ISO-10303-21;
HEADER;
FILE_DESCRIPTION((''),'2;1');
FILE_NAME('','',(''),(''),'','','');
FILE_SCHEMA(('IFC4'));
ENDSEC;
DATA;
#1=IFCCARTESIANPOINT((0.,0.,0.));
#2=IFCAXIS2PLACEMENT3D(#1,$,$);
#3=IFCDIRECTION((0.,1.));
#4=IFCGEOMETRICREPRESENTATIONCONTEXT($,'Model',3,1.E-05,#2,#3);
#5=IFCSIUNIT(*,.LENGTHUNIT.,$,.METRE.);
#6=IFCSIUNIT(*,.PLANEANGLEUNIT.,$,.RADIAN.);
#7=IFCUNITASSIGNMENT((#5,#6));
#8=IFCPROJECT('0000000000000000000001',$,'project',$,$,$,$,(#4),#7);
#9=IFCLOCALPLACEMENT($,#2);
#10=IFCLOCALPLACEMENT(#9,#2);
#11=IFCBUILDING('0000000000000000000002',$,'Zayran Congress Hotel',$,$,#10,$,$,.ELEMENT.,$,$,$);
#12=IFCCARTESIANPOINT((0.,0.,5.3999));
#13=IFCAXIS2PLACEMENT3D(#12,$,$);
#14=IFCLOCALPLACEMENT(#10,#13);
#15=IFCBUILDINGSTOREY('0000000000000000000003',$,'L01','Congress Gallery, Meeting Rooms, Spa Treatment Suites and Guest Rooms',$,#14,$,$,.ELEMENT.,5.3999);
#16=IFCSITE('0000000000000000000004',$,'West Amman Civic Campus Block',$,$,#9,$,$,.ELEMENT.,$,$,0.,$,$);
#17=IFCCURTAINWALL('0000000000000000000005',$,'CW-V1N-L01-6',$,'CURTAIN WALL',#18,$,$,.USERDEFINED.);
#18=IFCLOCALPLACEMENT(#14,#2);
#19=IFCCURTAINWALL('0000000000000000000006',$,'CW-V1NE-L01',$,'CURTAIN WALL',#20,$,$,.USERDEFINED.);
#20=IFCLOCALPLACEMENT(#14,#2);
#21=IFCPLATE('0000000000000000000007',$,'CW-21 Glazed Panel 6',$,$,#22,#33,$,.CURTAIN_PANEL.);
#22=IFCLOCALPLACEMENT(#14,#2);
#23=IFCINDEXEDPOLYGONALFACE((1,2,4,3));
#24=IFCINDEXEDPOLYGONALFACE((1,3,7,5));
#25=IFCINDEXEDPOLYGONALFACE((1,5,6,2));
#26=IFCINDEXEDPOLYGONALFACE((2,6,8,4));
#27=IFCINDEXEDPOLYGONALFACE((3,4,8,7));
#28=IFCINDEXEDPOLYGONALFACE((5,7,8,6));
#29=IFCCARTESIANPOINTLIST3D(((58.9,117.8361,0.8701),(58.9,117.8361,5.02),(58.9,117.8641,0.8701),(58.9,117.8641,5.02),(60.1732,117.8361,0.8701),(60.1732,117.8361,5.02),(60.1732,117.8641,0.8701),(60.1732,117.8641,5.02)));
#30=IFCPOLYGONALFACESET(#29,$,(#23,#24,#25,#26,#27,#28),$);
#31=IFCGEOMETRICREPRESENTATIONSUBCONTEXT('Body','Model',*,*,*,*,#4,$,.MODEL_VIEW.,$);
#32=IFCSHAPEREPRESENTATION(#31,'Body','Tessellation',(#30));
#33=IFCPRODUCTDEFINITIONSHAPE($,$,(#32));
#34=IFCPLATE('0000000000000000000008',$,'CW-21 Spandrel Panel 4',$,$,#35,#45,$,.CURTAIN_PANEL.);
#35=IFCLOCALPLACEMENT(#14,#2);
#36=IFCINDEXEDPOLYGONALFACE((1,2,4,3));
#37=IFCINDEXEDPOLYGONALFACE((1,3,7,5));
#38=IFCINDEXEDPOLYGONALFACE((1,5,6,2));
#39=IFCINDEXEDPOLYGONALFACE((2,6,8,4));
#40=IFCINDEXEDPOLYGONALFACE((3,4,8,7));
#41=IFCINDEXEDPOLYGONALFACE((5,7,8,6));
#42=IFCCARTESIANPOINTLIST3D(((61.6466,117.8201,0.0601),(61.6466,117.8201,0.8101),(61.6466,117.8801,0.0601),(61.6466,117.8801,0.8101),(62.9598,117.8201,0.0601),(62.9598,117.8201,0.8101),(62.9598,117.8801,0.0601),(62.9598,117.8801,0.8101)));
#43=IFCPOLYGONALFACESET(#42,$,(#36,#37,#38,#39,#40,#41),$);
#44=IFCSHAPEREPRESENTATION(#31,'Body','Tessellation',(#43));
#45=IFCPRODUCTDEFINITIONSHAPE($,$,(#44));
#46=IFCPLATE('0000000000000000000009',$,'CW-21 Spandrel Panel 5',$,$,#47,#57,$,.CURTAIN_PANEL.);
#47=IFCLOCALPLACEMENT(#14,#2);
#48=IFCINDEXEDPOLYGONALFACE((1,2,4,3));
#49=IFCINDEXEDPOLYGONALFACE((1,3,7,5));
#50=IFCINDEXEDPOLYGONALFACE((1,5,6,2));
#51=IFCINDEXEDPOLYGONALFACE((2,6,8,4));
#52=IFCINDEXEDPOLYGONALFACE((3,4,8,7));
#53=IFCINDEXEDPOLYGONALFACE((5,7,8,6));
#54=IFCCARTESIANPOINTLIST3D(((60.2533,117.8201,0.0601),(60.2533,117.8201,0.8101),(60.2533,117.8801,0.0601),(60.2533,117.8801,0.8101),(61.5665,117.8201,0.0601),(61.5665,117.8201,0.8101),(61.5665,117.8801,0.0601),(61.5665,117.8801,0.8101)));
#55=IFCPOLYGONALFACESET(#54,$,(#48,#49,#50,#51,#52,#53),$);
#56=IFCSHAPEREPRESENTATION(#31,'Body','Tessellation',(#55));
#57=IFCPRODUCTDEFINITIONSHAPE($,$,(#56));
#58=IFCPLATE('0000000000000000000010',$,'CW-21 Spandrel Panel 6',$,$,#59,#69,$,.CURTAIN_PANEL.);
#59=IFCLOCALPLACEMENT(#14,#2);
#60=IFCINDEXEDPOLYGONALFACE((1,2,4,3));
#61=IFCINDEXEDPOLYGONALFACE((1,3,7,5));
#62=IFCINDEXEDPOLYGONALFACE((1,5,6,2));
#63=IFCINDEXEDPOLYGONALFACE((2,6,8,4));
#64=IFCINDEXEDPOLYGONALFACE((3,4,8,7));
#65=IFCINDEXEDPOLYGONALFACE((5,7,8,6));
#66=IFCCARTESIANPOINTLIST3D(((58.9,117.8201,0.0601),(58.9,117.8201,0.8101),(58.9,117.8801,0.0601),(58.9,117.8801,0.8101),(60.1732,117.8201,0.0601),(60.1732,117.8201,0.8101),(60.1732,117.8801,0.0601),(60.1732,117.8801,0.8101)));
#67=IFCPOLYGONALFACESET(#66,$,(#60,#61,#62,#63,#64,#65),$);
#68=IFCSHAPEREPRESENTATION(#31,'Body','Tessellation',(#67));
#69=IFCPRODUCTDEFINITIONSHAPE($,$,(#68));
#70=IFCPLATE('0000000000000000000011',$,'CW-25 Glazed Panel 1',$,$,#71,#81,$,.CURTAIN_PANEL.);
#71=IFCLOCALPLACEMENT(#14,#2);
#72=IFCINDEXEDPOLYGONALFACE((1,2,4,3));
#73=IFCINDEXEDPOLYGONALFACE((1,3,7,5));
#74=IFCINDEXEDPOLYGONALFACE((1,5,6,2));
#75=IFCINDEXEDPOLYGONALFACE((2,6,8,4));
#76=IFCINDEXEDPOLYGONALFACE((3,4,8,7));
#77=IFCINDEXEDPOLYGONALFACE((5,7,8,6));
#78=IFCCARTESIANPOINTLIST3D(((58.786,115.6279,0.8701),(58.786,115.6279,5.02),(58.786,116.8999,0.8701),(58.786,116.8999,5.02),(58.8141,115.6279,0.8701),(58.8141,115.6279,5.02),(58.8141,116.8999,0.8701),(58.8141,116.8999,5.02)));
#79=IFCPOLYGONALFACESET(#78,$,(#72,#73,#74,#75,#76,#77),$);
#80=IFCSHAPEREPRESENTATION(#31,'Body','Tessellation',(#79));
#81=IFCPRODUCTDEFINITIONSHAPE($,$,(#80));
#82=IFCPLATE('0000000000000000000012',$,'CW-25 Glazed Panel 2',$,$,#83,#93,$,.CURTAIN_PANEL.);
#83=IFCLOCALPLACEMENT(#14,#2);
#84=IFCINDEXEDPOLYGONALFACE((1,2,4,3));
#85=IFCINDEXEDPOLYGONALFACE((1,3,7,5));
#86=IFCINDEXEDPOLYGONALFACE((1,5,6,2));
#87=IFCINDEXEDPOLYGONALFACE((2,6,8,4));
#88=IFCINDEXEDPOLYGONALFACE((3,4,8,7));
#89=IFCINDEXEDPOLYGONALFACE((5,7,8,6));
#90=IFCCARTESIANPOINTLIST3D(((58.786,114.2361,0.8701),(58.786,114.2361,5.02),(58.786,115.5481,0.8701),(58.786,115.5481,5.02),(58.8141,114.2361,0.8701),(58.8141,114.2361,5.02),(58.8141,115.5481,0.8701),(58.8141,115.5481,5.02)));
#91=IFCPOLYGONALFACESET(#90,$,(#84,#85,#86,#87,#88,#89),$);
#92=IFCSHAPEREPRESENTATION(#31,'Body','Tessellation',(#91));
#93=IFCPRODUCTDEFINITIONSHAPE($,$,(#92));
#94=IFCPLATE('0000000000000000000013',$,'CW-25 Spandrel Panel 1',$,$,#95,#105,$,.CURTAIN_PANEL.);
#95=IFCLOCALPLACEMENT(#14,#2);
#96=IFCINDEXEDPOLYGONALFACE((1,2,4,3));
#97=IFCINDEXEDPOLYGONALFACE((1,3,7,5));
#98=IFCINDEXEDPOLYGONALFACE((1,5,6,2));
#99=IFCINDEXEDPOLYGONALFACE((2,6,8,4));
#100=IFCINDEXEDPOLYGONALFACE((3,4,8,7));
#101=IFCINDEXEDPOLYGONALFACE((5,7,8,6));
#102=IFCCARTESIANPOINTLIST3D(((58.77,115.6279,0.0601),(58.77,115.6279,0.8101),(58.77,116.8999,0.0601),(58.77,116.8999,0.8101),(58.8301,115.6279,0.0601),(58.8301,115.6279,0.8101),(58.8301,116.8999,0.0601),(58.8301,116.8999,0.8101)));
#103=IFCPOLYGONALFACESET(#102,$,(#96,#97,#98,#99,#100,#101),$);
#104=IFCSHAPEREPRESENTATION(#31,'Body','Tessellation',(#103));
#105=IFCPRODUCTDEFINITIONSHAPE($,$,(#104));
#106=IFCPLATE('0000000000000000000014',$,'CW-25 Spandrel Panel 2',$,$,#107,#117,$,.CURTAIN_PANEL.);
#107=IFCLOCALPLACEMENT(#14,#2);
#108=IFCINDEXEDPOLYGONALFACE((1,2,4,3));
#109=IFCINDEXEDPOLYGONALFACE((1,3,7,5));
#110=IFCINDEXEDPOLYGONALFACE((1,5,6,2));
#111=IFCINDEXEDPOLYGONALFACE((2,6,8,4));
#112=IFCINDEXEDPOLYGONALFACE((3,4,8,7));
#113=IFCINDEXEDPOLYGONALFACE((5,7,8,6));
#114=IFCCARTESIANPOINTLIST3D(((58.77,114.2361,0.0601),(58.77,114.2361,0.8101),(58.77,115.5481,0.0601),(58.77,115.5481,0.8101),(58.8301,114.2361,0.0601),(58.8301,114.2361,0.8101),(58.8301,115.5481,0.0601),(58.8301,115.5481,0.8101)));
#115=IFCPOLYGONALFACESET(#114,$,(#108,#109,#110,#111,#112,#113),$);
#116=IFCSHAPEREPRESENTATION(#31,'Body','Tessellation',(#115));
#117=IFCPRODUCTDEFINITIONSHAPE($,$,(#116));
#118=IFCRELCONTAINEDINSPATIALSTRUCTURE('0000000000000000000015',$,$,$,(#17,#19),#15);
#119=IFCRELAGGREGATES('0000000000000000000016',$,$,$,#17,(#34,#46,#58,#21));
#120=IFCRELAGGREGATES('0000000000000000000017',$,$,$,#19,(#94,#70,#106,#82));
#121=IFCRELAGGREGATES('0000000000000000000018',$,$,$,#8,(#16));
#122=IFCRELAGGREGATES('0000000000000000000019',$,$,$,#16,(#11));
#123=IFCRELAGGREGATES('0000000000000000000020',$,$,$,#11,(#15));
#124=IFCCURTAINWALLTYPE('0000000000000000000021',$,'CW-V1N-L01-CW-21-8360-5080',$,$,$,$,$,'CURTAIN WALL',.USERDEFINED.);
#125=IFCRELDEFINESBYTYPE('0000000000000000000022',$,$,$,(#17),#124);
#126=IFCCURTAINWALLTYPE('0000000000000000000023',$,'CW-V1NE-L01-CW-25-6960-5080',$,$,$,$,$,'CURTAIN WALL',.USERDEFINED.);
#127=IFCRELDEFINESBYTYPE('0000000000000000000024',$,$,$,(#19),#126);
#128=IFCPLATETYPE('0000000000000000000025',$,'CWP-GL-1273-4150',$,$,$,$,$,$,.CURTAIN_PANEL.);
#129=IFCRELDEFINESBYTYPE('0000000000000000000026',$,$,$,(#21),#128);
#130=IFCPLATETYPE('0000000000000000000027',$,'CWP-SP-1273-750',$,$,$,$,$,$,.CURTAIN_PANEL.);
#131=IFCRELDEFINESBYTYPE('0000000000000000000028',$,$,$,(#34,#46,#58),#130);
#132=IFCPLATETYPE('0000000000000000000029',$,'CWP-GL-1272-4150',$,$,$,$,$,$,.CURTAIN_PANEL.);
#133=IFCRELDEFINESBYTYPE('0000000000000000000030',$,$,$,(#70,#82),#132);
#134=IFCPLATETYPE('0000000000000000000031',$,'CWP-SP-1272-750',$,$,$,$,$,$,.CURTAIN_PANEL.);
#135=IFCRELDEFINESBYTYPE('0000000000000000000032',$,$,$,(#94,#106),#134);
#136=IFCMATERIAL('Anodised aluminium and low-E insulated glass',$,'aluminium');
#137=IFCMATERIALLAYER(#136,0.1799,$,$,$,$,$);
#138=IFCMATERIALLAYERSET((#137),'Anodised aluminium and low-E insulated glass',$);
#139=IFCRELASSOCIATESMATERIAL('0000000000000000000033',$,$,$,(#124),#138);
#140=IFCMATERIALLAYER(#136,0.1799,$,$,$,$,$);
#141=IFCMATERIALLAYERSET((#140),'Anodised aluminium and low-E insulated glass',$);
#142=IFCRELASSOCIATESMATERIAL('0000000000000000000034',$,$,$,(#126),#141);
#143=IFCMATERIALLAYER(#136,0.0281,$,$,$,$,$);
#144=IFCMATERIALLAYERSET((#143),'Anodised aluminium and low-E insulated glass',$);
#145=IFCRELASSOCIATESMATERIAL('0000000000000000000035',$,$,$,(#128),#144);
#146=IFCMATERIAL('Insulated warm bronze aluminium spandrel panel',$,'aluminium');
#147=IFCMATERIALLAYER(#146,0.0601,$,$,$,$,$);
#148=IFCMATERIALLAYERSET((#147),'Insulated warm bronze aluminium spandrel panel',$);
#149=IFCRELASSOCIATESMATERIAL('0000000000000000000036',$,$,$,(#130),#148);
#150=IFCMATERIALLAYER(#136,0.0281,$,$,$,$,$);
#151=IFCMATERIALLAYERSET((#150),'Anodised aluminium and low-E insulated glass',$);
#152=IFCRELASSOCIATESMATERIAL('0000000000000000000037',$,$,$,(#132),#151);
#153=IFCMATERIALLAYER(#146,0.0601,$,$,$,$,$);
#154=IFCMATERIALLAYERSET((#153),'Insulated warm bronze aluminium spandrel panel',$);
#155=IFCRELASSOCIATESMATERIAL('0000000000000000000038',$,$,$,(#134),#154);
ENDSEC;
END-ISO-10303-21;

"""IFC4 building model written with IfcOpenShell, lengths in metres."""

from ifc_helpers import new_model, si_unit, direction, frame, origin, origin_2d, place, context, subcontext, project, spatial, rectangle, extrude, material, layer, layer_set, type_object, element, aggregate, save


model = new_model("IFC4")

# Units and contexts
model_context = context("Model", 3, precision=1e-05, world=origin(), true_north=direction((0.0, 1.0)))
body_context = subcontext(model_context, "Body", "Model", "MODEL_VIEW")
ifc_project = project(units=[si_unit("LENGTHUNIT", "METRE"), si_unit("PLANEANGLEUNIT", "RADIAN")], contexts=[model_context])

# Site, building, storey
site_placement = place(None, origin())
site = spatial("IfcSite", under=ifc_project, at=site_placement, Name="West Amman Civic Campus Block", CompositionType="ELEMENT", RefElevation=0.0)
building_placement = place(site_placement, origin())
building = spatial("IfcBuilding", under=site, at=building_placement, Name="Zayran Congress Hotel", CompositionType="ELEMENT")
storey_placement = place(building_placement, frame((0.0, 0.0, 5.3999)))
storey = spatial("IfcBuildingStorey", under=building, at=storey_placement, Name="L01", Description="Congress Gallery, Meeting Rooms, Spa Treatment Suites and Guest Rooms", CompositionType="ELEMENT", Elevation=5.3999)

# Curtain walls
ifc_material_1 = material(Name="Anodised aluminium and low-E insulated glass", Category="aluminium")
ifc_layer_1 = layer(ifc_material_1, 0.1799)
ifc_layer_set_1 = layer_set([ifc_layer_1], Name="Anodised aluminium and low-E insulated glass")
curtain_wall_type_1 = type_object("IfcCurtainWallType", Name="CW-V1N-L01-CW-21-8360-5080", ElementType="CURTAIN WALL", PredefinedType="USERDEFINED", material=ifc_layer_set_1)
curtain_wall_1_placement = place(storey_placement, origin())
curtain_wall_1 = element("IfcCurtainWall", 1, at=curtain_wall_1_placement, inside=storey, type_object=curtain_wall_type_1, Name="CW-V1N-L01-6", ObjectType="CURTAIN WALL", PredefinedType="USERDEFINED")
ifc_layer_2 = layer(ifc_material_1, 0.1799)
ifc_layer_set_2 = layer_set([ifc_layer_2], Name="Anodised aluminium and low-E insulated glass")
curtain_wall_type_2 = type_object("IfcCurtainWallType", Name="CW-V1NE-L01-CW-25-6960-5080", ElementType="CURTAIN WALL", PredefinedType="USERDEFINED", material=ifc_layer_set_2)
curtain_wall_2_placement = place(storey_placement, origin())
curtain_wall_2 = element("IfcCurtainWall", 2, at=curtain_wall_2_placement, inside=storey, type_object=curtain_wall_type_2, Name="CW-V1NE-L01", ObjectType="CURTAIN WALL", PredefinedType="USERDEFINED")

# Plates
ifc_layer_3 = layer(ifc_material_1, 0.0281)
ifc_layer_set_3 = layer_set([ifc_layer_3], Name="Anodised aluminium and low-E insulated glass")
plate_type_1 = type_object("IfcPlateType", Name="CWP-GL-1273-4150", PredefinedType="CURTAIN_PANEL", material=ifc_layer_set_3)
plate_1_placement = place(storey_placement, frame((59.5366, 117.8501, 0.8701), z_axis=(0.0, 0.0, 1.0), x_axis=(1.0, 0.0, 0.0)))
plate_1 = element("IfcPlate", 3, at=plate_1_placement, type_object=plate_type_1, Name="CW-21 Glazed Panel 6", PredefinedType="CURTAIN_PANEL", context=body_context, shape_type="SweptSolid", body=[
    extrude(rectangle(XDim=1.2732, YDim=0.0281, at=origin_2d()), origin(), (0.0, 0.0, 1.0), 4.1499),
])
ifc_material_2 = material(Name="Insulated warm bronze aluminium spandrel panel", Category="aluminium")
ifc_layer_4 = layer(ifc_material_2, 0.0601)
ifc_layer_set_4 = layer_set([ifc_layer_4], Name="Insulated warm bronze aluminium spandrel panel")
plate_type_2 = type_object("IfcPlateType", Name="CWP-SP-1273-750", PredefinedType="CURTAIN_PANEL", material=ifc_layer_set_4)
plate_2_placement = place(storey_placement, frame((62.3032, 117.8501, 0.0601), z_axis=(0.0, 0.0, 1.0), x_axis=(1.0, 0.0, 0.0)))
plate_2 = element("IfcPlate", 4, at=plate_2_placement, type_object=plate_type_2, Name="CW-21 Spandrel Panel 4", PredefinedType="CURTAIN_PANEL", context=body_context, shape_type="SweptSolid", body=[
    extrude(rectangle(XDim=1.3132, YDim=0.0601, at=origin_2d()), origin(), (0.0, 0.0, 1.0), 0.75),
])
plate_3_placement = place(storey_placement, frame((60.9099, 117.8501, 0.0601), z_axis=(0.0, 0.0, 1.0), x_axis=(1.0, 0.0, 0.0)))
plate_3 = element("IfcPlate", 5, at=plate_3_placement, type_object=plate_type_2, Name="CW-21 Spandrel Panel 5", PredefinedType="CURTAIN_PANEL", context=body_context, shape_type="SweptSolid", body=[
    extrude(rectangle(XDim=1.3132, YDim=0.0601, at=origin_2d()), origin(), (0.0, 0.0, 1.0), 0.75),
])
plate_4_placement = place(storey_placement, frame((59.5366, 117.8501, 0.0601), z_axis=(0.0, 0.0, 1.0), x_axis=(1.0, 0.0, 0.0)))
plate_4 = element("IfcPlate", 6, at=plate_4_placement, type_object=plate_type_2, Name="CW-21 Spandrel Panel 6", PredefinedType="CURTAIN_PANEL", context=body_context, shape_type="SweptSolid", body=[
    extrude(rectangle(XDim=1.2732, YDim=0.0601, at=origin_2d()), origin(), (0.0, 0.0, 1.0), 0.75),
])
aggregate(curtain_wall_1, [plate_2, plate_3, plate_4, plate_1])
ifc_layer_5 = layer(ifc_material_1, 0.0281)
ifc_layer_set_5 = layer_set([ifc_layer_5], Name="Anodised aluminium and low-E insulated glass")
plate_type_3 = type_object("IfcPlateType", Name="CWP-GL-1272-4150", PredefinedType="CURTAIN_PANEL", material=ifc_layer_set_5)
plate_5_placement = place(storey_placement, frame((58.8, 116.2639, 0.8701), z_axis=(0.0, 0.0, 1.0), x_axis=(0.0, 1.0, 0.0)))
plate_5 = element("IfcPlate", 7, at=plate_5_placement, type_object=plate_type_3, Name="CW-25 Glazed Panel 1", PredefinedType="CURTAIN_PANEL", context=body_context, shape_type="SweptSolid", body=[
    extrude(rectangle(XDim=1.272, YDim=0.0281, at=origin_2d()), origin(), (0.0, 0.0, 1.0), 4.1499),
])
plate_6_placement = place(storey_placement, frame((58.8, 114.8921, 0.8701), z_axis=(0.0, 0.0, 1.0), x_axis=(0.0, 1.0, 0.0)))
plate_6 = element("IfcPlate", 8, at=plate_6_placement, type_object=plate_type_3, Name="CW-25 Glazed Panel 2", PredefinedType="CURTAIN_PANEL", context=body_context, shape_type="SweptSolid", body=[
    extrude(rectangle(XDim=1.312, YDim=0.0281, at=origin_2d()), origin(), (0.0, 0.0, 1.0), 4.1499),
])
ifc_layer_6 = layer(ifc_material_2, 0.0601)
ifc_layer_set_6 = layer_set([ifc_layer_6], Name="Insulated warm bronze aluminium spandrel panel")
plate_type_4 = type_object("IfcPlateType", Name="CWP-SP-1272-750", PredefinedType="CURTAIN_PANEL", material=ifc_layer_set_6)
plate_7_placement = place(storey_placement, frame((58.8, 116.2639, 0.0601), z_axis=(0.0, 0.0, 1.0), x_axis=(0.0, 1.0, 0.0)))
plate_7 = element("IfcPlate", 9, at=plate_7_placement, type_object=plate_type_4, Name="CW-25 Spandrel Panel 1", PredefinedType="CURTAIN_PANEL", context=body_context, shape_type="SweptSolid", body=[
    extrude(rectangle(XDim=1.272, YDim=0.0601, at=origin_2d()), origin(), (0.0, 0.0, 1.0), 0.75),
])
plate_8_placement = place(storey_placement, frame((58.8, 114.8921, 0.0601), z_axis=(0.0, 0.0, 1.0), x_axis=(0.0, 1.0, 0.0)))
plate_8 = element("IfcPlate", 10, at=plate_8_placement, type_object=plate_type_4, Name="CW-25 Spandrel Panel 2", PredefinedType="CURTAIN_PANEL", context=body_context, shape_type="SweptSolid", body=[
    extrude(rectangle(XDim=1.312, YDim=0.0601, at=origin_2d()), origin(), (0.0, 0.0, 1.0), 0.75),
])
aggregate(curtain_wall_2, [plate_7, plate_5, plate_8, plate_6])

save(model, "model.ifc")
